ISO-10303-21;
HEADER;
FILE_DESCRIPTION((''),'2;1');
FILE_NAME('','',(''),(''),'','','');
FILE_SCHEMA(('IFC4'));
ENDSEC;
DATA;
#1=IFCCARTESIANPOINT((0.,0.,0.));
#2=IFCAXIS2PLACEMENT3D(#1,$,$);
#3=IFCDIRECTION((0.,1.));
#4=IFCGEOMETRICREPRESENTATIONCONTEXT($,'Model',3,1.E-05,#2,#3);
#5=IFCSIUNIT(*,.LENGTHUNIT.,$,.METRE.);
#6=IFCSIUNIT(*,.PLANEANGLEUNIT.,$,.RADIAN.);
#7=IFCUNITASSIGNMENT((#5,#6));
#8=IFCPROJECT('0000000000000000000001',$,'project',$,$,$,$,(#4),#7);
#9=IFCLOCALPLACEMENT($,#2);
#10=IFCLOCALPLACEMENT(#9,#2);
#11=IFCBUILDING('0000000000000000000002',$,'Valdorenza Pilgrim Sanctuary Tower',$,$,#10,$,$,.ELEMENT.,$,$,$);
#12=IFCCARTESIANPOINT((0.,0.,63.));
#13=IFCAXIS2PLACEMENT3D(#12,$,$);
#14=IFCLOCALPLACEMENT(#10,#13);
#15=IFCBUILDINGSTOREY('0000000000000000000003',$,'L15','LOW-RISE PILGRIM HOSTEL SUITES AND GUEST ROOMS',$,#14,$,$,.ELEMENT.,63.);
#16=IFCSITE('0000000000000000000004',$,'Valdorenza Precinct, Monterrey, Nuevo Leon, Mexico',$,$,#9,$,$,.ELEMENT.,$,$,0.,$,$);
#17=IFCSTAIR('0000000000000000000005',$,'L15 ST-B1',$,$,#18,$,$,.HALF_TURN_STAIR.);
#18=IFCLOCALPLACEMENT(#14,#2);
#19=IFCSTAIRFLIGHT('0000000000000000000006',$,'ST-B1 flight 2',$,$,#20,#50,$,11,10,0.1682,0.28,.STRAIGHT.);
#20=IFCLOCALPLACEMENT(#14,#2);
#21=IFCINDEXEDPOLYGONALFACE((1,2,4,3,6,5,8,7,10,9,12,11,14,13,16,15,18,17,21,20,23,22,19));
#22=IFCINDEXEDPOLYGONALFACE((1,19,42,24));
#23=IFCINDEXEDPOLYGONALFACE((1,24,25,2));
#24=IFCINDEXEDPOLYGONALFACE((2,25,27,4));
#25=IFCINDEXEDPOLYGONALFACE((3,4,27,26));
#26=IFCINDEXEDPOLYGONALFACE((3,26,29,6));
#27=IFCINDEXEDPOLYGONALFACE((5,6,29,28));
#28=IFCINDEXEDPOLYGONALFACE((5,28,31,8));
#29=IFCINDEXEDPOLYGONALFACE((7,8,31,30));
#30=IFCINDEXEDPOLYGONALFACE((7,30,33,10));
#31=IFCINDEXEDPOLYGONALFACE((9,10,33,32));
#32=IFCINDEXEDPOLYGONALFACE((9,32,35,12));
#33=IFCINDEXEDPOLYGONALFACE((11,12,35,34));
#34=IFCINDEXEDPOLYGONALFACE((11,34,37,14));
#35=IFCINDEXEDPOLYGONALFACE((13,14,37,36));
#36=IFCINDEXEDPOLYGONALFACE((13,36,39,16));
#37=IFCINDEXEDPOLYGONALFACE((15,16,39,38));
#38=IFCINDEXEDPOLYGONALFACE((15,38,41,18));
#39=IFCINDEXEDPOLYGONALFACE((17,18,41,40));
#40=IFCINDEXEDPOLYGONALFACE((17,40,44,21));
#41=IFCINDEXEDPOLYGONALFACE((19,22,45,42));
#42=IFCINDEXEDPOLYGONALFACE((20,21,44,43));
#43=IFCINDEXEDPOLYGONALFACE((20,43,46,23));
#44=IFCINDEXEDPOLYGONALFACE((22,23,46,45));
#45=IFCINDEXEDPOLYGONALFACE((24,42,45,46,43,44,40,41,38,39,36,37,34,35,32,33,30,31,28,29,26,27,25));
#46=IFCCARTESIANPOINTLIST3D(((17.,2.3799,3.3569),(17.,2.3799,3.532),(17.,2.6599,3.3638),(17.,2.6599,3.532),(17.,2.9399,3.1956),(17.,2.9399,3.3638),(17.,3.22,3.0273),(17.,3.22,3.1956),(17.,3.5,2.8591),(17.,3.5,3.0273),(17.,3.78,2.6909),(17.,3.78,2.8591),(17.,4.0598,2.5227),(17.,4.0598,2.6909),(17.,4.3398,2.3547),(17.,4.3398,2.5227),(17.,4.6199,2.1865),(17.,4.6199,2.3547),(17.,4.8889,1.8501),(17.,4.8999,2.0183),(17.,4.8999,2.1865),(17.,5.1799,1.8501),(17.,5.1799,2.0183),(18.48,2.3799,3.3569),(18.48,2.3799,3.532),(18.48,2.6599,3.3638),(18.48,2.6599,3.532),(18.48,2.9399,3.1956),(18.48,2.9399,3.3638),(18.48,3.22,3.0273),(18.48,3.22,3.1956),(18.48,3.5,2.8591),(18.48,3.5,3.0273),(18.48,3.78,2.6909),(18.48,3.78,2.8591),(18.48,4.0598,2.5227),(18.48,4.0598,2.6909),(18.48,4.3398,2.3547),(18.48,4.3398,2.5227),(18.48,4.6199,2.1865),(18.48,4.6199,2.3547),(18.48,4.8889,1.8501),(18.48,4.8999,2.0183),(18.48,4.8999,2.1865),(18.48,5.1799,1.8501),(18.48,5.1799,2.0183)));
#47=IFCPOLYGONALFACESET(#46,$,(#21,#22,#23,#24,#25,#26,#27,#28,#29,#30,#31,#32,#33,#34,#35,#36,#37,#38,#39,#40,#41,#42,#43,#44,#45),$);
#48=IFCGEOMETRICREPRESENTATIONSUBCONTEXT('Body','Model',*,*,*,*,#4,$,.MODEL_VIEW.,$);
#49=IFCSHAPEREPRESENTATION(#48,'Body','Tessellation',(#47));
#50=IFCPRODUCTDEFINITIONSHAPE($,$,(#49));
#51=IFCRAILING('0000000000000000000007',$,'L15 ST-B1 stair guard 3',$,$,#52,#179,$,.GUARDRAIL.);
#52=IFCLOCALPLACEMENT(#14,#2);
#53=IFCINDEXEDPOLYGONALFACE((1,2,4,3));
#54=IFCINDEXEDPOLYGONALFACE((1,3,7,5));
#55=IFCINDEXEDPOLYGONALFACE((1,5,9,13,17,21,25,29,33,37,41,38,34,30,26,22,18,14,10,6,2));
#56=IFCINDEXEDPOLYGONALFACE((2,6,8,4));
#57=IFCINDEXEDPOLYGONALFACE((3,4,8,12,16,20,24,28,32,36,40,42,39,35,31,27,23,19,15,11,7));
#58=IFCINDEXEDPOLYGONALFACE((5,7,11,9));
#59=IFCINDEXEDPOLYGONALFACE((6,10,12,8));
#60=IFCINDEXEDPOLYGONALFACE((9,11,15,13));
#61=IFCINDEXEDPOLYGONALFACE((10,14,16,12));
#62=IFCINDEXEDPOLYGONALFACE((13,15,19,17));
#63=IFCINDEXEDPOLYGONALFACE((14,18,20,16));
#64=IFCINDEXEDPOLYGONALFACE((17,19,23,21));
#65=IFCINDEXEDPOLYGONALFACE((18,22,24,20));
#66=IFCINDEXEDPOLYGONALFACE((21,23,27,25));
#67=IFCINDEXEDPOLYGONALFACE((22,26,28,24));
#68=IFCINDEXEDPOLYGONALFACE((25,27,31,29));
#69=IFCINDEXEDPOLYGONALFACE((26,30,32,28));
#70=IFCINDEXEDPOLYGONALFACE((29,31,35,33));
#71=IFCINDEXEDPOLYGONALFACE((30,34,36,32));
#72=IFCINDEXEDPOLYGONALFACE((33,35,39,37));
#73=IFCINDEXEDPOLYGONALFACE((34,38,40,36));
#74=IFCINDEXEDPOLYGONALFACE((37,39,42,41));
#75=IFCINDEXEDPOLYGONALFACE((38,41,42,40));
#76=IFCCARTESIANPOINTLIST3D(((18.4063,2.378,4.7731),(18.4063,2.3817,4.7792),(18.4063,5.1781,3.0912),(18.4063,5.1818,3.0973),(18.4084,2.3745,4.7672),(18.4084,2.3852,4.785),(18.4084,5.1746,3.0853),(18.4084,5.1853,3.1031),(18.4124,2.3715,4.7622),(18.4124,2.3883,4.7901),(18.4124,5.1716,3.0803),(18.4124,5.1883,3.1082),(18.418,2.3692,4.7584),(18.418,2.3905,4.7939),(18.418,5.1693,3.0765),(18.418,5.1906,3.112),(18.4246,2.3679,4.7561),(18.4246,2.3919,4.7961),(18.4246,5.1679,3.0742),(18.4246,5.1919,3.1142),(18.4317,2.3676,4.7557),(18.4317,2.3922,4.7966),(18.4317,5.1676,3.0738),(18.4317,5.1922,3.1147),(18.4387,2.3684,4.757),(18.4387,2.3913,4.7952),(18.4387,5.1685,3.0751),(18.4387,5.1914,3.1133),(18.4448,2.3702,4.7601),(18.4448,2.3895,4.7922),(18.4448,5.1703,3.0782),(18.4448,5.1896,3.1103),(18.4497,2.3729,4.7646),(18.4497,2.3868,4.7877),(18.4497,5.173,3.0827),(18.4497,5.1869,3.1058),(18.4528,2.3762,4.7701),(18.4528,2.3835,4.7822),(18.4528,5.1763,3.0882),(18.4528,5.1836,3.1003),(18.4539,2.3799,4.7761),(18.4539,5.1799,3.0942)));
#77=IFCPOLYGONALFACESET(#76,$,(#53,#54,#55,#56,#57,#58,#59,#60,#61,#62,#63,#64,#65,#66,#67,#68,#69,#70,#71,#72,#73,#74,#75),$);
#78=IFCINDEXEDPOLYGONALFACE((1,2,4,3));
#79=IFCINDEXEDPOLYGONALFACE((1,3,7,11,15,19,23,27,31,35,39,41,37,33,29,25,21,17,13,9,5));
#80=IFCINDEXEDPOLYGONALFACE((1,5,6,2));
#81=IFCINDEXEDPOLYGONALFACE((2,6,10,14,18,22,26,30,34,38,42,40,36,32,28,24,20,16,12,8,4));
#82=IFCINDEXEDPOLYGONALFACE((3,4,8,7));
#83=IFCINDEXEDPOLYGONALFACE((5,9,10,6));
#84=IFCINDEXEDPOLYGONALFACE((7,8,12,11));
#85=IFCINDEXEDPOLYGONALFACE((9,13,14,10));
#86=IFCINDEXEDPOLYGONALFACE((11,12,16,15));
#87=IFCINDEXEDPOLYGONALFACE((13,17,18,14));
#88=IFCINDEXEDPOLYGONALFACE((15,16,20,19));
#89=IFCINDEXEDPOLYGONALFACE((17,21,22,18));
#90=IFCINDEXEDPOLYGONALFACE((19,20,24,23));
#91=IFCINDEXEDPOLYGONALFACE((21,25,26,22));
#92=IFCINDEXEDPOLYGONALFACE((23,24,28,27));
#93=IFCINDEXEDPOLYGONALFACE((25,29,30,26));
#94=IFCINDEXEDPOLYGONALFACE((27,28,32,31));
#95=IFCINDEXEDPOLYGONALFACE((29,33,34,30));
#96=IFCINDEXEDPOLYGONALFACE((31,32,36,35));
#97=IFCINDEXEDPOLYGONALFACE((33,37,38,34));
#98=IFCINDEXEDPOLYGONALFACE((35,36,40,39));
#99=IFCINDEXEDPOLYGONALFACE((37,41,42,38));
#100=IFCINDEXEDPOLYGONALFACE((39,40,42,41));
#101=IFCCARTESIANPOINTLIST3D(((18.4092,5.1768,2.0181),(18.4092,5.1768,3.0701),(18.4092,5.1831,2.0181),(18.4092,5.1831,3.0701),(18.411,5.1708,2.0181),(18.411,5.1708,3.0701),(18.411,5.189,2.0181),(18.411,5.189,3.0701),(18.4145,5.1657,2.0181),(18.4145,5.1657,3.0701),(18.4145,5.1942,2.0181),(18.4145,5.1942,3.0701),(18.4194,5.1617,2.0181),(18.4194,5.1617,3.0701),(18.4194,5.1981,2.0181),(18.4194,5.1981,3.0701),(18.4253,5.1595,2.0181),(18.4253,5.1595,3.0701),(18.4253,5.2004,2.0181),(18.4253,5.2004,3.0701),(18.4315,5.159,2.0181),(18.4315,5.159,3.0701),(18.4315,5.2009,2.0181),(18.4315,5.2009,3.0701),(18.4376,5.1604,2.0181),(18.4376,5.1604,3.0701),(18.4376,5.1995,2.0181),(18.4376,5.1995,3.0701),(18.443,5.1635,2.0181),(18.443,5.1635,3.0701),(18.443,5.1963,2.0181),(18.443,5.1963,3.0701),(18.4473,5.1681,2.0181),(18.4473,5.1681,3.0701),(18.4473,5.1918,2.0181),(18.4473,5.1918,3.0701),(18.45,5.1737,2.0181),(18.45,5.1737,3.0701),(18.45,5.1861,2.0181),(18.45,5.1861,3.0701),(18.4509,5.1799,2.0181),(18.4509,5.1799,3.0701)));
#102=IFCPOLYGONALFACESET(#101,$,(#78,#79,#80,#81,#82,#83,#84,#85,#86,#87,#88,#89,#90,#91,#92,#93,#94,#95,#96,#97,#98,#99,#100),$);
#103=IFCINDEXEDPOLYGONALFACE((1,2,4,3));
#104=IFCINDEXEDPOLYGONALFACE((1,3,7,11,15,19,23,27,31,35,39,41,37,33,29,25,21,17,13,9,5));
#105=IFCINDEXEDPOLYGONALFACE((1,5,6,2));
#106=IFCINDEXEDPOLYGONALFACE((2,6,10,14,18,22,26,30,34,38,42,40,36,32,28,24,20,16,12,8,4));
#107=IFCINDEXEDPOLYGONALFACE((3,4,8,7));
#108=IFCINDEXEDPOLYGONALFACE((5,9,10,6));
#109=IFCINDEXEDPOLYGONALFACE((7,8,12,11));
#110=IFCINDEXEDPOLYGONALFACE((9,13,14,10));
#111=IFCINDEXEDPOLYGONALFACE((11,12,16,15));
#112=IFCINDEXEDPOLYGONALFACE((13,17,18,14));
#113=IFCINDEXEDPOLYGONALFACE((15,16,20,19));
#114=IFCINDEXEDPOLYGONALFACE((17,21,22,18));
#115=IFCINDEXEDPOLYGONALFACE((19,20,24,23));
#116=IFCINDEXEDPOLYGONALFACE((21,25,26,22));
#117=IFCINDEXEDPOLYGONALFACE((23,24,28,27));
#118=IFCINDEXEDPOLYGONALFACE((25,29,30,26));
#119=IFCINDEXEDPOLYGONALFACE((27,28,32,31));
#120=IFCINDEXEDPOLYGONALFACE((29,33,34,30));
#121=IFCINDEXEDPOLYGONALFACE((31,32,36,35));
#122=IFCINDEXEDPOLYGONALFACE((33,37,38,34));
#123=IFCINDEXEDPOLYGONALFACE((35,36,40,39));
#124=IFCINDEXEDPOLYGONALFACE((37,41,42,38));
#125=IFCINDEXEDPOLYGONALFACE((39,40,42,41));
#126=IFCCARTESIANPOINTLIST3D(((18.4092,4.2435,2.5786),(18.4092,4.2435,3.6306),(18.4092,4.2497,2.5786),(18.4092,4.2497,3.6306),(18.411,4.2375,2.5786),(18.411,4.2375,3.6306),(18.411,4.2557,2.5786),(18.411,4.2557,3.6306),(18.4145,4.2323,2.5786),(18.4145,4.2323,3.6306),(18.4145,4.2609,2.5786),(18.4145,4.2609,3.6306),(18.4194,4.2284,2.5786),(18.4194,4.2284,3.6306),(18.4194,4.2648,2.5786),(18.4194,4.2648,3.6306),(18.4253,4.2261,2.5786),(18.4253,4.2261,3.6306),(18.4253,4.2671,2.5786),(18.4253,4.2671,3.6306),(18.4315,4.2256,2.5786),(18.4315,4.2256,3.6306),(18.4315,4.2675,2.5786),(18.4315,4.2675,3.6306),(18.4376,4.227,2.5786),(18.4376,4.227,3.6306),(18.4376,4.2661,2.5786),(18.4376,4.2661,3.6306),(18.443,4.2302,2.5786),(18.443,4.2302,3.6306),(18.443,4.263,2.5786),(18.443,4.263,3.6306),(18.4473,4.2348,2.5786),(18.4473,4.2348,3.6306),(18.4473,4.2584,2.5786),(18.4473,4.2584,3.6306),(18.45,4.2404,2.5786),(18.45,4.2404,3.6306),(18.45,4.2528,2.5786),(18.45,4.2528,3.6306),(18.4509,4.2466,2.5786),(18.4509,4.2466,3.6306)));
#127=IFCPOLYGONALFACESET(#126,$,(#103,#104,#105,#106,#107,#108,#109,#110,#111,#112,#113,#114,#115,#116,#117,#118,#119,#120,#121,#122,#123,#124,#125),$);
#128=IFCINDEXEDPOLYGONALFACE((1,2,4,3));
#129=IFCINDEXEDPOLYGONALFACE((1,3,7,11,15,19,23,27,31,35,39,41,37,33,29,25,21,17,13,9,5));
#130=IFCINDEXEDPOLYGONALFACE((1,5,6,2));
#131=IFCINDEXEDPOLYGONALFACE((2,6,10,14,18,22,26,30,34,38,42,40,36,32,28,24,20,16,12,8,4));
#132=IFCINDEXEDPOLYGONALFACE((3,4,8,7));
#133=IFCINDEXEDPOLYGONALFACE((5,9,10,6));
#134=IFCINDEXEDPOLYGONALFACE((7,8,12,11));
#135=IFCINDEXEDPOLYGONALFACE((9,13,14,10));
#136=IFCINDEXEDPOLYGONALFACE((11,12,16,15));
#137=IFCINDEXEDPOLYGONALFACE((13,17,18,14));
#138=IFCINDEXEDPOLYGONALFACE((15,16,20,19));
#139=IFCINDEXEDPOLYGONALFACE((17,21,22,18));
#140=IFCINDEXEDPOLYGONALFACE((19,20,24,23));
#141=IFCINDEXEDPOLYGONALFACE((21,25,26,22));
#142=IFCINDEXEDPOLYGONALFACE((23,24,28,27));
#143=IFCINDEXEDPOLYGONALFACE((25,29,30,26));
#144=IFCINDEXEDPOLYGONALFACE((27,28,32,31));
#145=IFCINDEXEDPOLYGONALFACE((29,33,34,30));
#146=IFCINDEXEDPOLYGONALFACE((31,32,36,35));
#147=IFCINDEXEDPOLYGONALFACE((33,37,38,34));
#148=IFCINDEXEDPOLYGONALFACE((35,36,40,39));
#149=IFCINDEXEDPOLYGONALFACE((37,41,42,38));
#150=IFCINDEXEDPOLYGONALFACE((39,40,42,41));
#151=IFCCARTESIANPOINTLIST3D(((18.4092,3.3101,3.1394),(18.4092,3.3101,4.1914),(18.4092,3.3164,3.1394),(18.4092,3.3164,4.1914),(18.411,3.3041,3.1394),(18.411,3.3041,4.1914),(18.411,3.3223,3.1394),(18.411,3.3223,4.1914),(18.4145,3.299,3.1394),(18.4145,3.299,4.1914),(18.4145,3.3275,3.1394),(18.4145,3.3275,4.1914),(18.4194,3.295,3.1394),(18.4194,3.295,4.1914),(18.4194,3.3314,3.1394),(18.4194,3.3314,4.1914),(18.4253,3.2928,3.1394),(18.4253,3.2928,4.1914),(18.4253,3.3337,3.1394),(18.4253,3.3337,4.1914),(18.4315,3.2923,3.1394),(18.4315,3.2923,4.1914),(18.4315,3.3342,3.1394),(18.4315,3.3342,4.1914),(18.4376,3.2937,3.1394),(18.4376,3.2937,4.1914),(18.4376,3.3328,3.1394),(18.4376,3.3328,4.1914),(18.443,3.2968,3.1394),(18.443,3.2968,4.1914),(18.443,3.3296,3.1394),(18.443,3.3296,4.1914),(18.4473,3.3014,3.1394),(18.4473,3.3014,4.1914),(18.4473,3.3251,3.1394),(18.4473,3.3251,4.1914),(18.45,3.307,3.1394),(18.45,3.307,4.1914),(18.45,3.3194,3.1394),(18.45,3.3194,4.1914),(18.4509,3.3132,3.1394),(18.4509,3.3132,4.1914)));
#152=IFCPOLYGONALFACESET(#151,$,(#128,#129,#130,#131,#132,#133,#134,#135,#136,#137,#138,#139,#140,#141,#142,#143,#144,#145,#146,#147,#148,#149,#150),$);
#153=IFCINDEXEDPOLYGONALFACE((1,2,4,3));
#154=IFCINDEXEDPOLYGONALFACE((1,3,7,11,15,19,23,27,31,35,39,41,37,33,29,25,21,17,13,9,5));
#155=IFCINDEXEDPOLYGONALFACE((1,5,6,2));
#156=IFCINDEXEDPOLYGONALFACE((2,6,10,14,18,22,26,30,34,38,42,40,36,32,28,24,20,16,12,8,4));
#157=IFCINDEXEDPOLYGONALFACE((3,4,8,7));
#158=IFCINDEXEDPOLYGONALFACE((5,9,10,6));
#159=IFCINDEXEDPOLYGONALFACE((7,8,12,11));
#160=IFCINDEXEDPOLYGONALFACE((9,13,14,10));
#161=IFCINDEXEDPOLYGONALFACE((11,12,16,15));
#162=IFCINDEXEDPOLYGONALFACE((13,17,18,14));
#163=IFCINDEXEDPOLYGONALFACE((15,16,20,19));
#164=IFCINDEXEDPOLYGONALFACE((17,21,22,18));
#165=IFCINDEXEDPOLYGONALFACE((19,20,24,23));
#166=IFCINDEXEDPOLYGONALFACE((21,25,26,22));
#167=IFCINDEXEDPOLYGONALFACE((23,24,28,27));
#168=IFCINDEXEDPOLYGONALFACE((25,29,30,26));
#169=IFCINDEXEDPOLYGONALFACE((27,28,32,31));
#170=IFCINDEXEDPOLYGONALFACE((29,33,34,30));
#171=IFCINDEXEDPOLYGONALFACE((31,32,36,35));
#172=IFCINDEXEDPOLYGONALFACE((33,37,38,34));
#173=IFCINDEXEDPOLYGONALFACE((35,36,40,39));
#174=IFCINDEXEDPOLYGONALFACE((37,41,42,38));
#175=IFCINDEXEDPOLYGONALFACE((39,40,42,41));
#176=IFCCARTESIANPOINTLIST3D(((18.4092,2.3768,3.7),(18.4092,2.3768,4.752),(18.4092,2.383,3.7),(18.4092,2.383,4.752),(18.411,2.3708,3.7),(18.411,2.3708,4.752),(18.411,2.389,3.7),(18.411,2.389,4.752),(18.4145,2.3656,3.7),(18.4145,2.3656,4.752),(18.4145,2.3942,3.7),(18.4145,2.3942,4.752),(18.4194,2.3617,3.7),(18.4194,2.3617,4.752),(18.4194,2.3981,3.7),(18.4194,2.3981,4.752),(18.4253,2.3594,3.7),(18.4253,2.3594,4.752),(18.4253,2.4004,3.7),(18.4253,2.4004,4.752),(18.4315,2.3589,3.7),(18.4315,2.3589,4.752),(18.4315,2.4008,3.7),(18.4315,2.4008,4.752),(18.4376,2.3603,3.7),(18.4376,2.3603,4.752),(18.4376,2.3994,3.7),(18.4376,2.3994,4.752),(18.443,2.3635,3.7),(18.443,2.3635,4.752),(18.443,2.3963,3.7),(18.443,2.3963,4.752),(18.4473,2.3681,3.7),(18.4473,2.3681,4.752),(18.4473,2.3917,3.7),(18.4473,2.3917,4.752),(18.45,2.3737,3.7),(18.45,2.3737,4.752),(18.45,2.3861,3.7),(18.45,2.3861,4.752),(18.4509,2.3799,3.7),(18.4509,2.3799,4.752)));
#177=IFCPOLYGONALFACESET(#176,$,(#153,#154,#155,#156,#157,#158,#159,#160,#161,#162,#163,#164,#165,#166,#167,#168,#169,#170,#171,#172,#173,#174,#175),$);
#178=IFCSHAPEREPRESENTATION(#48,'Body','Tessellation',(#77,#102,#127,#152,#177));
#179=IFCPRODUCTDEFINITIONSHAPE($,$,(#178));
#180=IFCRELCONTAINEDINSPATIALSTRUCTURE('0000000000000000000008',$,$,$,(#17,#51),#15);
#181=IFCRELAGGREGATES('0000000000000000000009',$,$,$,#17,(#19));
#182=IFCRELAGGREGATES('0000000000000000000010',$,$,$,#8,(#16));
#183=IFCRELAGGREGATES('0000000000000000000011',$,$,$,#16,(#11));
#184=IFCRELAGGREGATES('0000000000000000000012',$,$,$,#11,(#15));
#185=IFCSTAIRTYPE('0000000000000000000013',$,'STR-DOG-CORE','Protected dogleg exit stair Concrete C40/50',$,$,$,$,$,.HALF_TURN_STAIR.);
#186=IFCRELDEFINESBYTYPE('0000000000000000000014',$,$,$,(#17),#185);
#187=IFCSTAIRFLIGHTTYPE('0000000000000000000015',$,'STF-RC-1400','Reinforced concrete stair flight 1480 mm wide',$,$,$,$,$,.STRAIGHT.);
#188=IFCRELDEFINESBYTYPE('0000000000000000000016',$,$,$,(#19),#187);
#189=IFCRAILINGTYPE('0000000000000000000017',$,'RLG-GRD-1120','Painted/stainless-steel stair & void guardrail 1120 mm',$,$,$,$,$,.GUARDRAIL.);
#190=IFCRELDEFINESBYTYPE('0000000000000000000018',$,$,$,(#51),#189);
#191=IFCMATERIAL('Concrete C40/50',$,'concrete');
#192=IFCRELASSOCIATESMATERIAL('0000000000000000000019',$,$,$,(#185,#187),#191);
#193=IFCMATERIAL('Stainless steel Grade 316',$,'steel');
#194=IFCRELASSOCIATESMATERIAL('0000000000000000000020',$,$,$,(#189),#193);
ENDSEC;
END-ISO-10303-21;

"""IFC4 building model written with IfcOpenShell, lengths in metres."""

from ifc_helpers import new_model, si_unit, direction, frame, origin, origin_2d, place, context, subcontext, project, spatial, polyline, circle, outline, extrude, material, type_object, element, aggregate, save


model = new_model("IFC4")

# Units and contexts
model_context = context("Model", 3, precision=1e-05, world=origin(), true_north=direction((0.0, 1.0)))
body_context = subcontext(model_context, "Body", "Model", "MODEL_VIEW")
ifc_project = project(units=[si_unit("LENGTHUNIT", "METRE"), si_unit("PLANEANGLEUNIT", "RADIAN")], contexts=[model_context])

# Site, building, storey
site_placement = place(None, origin())
site = spatial("IfcSite", under=ifc_project, at=site_placement, Name="Valdorenza Precinct, Monterrey, Nuevo Leon, Mexico", CompositionType="ELEMENT", RefElevation=0.0)
building_placement = place(site_placement, origin())
building = spatial("IfcBuilding", under=site, at=building_placement, Name="Valdorenza Pilgrim Sanctuary Tower", CompositionType="ELEMENT")
storey_placement = place(building_placement, frame((0.0, 0.0, 63.0)))
storey = spatial("IfcBuildingStorey", under=building, at=storey_placement, Name="L15", Description="LOW-RISE PILGRIM HOSTEL SUITES AND GUEST ROOMS", CompositionType="ELEMENT", Elevation=63.0)

# Shared definitions
ifc_material_1 = material(Name="Concrete C40/50", Category="concrete")

# Stair, stair flight
stair_type = type_object("IfcStairType", Name="STR-DOG-CORE", Description="Protected dogleg exit stair Concrete C40/50", PredefinedType="HALF_TURN_STAIR", material=ifc_material_1)
stair_placement = place(storey_placement, origin())
stair = element("IfcStair", 1, at=stair_placement, inside=storey, type_object=stair_type, Name="L15 ST-B1", PredefinedType="HALF_TURN_STAIR")
stair_flight_type = type_object("IfcStairFlightType", Name="STF-RC-1400", Description="Reinforced concrete stair flight 1480 mm wide", PredefinedType="STRAIGHT", material=ifc_material_1)
stair_flight_placement = place(storey_placement, frame((17.74, 5.1799, 1.8501), z_axis=(0.0, 0.0, 1.0), x_axis=(0.0, -1.0, 0.0)))
stair_flight = element("IfcStairFlight", 2, at=stair_flight_placement, type_object=stair_flight_type, Name="ST-B1 flight 2", NumberOfRisers=11, NumberOfTreads=10, PredefinedType="STRAIGHT", RiserHeight=0.1682, TreadLength=0.28, context=body_context, shape_type="SweptSolid", body=[
    extrude(outline(polyline([(0.0, 0.0), (0.0, 0.1682), (0.28, 0.1682), (0.28, 0.3364), (0.5601, 0.3364), (0.5601, 0.5046), (0.8401, 0.5046), (0.8401, 0.6726), (1.1201, 0.6726), (1.1201, 0.8408), (1.3999, 0.8408), (1.3999, 1.009), (1.6799, 1.009), (1.6799, 1.1772), (1.96, 1.1772), (1.96, 1.3455), (2.24, 1.3455), (2.24, 1.5137), (2.52, 1.5137), (2.52, 1.6819), (2.8, 1.6819), (2.8, 1.8501), (2.8, 1.5068), (0.291, 0.0), (0.0, 0.0)])), frame((0.0, 0.74, 0.0), z_axis=(0.0, -1.0, 0.0), x_axis=(1.0, 0.0, 0.0)), (0.0, 0.0, 1.0), 1.48),
])
aggregate(stair, [stair_flight])

# Railing
ifc_material_2 = material(Name="Stainless steel Grade 316", Category="steel")
railing_type_1 = type_object("IfcRailingType", Name="RLG-GRD-1120", Description="Painted/stainless-steel stair & void guardrail 1120 mm", PredefinedType="GUARDRAIL", material=ifc_material_2)
railing_1_placement = place(storey_placement, frame((18.4299, 5.1799, 2.0181)))
element("IfcRailing", 3, at=railing_1_placement, inside=storey, type_object=railing_type_1, Name="L15 ST-B1 stair guard 3", PredefinedType="GUARDRAIL", context=body_context, shape_type="SweptSolid", body=[
    extrude(circle(Radius=0.0239, at=origin_2d()), frame((0.0, 0.0, 1.0762), z_axis=(0.0, -0.857242, 0.514913), x_axis=(1.0, 0.0, 0.0)), (0.0, 0.0, 1.0), 3.2664),
    extrude(circle(Radius=0.021, at=origin_2d()), origin(), (0.0, 0.0, 1.0), 1.052),
    extrude(circle(Radius=0.021, at=origin_2d()), frame((0.0, -0.9333, 0.5605)), (0.0, 0.0, 1.0), 1.052),
    extrude(circle(Radius=0.021, at=origin_2d()), frame((0.0, -1.8667, 1.1213)), (0.0, 0.0, 1.0), 1.052),
    extrude(circle(Radius=0.021, at=origin_2d()), frame((0.0, -2.8, 1.6819)), (0.0, 0.0, 1.0), 1.052),
])

save(model, "model.ifc")
